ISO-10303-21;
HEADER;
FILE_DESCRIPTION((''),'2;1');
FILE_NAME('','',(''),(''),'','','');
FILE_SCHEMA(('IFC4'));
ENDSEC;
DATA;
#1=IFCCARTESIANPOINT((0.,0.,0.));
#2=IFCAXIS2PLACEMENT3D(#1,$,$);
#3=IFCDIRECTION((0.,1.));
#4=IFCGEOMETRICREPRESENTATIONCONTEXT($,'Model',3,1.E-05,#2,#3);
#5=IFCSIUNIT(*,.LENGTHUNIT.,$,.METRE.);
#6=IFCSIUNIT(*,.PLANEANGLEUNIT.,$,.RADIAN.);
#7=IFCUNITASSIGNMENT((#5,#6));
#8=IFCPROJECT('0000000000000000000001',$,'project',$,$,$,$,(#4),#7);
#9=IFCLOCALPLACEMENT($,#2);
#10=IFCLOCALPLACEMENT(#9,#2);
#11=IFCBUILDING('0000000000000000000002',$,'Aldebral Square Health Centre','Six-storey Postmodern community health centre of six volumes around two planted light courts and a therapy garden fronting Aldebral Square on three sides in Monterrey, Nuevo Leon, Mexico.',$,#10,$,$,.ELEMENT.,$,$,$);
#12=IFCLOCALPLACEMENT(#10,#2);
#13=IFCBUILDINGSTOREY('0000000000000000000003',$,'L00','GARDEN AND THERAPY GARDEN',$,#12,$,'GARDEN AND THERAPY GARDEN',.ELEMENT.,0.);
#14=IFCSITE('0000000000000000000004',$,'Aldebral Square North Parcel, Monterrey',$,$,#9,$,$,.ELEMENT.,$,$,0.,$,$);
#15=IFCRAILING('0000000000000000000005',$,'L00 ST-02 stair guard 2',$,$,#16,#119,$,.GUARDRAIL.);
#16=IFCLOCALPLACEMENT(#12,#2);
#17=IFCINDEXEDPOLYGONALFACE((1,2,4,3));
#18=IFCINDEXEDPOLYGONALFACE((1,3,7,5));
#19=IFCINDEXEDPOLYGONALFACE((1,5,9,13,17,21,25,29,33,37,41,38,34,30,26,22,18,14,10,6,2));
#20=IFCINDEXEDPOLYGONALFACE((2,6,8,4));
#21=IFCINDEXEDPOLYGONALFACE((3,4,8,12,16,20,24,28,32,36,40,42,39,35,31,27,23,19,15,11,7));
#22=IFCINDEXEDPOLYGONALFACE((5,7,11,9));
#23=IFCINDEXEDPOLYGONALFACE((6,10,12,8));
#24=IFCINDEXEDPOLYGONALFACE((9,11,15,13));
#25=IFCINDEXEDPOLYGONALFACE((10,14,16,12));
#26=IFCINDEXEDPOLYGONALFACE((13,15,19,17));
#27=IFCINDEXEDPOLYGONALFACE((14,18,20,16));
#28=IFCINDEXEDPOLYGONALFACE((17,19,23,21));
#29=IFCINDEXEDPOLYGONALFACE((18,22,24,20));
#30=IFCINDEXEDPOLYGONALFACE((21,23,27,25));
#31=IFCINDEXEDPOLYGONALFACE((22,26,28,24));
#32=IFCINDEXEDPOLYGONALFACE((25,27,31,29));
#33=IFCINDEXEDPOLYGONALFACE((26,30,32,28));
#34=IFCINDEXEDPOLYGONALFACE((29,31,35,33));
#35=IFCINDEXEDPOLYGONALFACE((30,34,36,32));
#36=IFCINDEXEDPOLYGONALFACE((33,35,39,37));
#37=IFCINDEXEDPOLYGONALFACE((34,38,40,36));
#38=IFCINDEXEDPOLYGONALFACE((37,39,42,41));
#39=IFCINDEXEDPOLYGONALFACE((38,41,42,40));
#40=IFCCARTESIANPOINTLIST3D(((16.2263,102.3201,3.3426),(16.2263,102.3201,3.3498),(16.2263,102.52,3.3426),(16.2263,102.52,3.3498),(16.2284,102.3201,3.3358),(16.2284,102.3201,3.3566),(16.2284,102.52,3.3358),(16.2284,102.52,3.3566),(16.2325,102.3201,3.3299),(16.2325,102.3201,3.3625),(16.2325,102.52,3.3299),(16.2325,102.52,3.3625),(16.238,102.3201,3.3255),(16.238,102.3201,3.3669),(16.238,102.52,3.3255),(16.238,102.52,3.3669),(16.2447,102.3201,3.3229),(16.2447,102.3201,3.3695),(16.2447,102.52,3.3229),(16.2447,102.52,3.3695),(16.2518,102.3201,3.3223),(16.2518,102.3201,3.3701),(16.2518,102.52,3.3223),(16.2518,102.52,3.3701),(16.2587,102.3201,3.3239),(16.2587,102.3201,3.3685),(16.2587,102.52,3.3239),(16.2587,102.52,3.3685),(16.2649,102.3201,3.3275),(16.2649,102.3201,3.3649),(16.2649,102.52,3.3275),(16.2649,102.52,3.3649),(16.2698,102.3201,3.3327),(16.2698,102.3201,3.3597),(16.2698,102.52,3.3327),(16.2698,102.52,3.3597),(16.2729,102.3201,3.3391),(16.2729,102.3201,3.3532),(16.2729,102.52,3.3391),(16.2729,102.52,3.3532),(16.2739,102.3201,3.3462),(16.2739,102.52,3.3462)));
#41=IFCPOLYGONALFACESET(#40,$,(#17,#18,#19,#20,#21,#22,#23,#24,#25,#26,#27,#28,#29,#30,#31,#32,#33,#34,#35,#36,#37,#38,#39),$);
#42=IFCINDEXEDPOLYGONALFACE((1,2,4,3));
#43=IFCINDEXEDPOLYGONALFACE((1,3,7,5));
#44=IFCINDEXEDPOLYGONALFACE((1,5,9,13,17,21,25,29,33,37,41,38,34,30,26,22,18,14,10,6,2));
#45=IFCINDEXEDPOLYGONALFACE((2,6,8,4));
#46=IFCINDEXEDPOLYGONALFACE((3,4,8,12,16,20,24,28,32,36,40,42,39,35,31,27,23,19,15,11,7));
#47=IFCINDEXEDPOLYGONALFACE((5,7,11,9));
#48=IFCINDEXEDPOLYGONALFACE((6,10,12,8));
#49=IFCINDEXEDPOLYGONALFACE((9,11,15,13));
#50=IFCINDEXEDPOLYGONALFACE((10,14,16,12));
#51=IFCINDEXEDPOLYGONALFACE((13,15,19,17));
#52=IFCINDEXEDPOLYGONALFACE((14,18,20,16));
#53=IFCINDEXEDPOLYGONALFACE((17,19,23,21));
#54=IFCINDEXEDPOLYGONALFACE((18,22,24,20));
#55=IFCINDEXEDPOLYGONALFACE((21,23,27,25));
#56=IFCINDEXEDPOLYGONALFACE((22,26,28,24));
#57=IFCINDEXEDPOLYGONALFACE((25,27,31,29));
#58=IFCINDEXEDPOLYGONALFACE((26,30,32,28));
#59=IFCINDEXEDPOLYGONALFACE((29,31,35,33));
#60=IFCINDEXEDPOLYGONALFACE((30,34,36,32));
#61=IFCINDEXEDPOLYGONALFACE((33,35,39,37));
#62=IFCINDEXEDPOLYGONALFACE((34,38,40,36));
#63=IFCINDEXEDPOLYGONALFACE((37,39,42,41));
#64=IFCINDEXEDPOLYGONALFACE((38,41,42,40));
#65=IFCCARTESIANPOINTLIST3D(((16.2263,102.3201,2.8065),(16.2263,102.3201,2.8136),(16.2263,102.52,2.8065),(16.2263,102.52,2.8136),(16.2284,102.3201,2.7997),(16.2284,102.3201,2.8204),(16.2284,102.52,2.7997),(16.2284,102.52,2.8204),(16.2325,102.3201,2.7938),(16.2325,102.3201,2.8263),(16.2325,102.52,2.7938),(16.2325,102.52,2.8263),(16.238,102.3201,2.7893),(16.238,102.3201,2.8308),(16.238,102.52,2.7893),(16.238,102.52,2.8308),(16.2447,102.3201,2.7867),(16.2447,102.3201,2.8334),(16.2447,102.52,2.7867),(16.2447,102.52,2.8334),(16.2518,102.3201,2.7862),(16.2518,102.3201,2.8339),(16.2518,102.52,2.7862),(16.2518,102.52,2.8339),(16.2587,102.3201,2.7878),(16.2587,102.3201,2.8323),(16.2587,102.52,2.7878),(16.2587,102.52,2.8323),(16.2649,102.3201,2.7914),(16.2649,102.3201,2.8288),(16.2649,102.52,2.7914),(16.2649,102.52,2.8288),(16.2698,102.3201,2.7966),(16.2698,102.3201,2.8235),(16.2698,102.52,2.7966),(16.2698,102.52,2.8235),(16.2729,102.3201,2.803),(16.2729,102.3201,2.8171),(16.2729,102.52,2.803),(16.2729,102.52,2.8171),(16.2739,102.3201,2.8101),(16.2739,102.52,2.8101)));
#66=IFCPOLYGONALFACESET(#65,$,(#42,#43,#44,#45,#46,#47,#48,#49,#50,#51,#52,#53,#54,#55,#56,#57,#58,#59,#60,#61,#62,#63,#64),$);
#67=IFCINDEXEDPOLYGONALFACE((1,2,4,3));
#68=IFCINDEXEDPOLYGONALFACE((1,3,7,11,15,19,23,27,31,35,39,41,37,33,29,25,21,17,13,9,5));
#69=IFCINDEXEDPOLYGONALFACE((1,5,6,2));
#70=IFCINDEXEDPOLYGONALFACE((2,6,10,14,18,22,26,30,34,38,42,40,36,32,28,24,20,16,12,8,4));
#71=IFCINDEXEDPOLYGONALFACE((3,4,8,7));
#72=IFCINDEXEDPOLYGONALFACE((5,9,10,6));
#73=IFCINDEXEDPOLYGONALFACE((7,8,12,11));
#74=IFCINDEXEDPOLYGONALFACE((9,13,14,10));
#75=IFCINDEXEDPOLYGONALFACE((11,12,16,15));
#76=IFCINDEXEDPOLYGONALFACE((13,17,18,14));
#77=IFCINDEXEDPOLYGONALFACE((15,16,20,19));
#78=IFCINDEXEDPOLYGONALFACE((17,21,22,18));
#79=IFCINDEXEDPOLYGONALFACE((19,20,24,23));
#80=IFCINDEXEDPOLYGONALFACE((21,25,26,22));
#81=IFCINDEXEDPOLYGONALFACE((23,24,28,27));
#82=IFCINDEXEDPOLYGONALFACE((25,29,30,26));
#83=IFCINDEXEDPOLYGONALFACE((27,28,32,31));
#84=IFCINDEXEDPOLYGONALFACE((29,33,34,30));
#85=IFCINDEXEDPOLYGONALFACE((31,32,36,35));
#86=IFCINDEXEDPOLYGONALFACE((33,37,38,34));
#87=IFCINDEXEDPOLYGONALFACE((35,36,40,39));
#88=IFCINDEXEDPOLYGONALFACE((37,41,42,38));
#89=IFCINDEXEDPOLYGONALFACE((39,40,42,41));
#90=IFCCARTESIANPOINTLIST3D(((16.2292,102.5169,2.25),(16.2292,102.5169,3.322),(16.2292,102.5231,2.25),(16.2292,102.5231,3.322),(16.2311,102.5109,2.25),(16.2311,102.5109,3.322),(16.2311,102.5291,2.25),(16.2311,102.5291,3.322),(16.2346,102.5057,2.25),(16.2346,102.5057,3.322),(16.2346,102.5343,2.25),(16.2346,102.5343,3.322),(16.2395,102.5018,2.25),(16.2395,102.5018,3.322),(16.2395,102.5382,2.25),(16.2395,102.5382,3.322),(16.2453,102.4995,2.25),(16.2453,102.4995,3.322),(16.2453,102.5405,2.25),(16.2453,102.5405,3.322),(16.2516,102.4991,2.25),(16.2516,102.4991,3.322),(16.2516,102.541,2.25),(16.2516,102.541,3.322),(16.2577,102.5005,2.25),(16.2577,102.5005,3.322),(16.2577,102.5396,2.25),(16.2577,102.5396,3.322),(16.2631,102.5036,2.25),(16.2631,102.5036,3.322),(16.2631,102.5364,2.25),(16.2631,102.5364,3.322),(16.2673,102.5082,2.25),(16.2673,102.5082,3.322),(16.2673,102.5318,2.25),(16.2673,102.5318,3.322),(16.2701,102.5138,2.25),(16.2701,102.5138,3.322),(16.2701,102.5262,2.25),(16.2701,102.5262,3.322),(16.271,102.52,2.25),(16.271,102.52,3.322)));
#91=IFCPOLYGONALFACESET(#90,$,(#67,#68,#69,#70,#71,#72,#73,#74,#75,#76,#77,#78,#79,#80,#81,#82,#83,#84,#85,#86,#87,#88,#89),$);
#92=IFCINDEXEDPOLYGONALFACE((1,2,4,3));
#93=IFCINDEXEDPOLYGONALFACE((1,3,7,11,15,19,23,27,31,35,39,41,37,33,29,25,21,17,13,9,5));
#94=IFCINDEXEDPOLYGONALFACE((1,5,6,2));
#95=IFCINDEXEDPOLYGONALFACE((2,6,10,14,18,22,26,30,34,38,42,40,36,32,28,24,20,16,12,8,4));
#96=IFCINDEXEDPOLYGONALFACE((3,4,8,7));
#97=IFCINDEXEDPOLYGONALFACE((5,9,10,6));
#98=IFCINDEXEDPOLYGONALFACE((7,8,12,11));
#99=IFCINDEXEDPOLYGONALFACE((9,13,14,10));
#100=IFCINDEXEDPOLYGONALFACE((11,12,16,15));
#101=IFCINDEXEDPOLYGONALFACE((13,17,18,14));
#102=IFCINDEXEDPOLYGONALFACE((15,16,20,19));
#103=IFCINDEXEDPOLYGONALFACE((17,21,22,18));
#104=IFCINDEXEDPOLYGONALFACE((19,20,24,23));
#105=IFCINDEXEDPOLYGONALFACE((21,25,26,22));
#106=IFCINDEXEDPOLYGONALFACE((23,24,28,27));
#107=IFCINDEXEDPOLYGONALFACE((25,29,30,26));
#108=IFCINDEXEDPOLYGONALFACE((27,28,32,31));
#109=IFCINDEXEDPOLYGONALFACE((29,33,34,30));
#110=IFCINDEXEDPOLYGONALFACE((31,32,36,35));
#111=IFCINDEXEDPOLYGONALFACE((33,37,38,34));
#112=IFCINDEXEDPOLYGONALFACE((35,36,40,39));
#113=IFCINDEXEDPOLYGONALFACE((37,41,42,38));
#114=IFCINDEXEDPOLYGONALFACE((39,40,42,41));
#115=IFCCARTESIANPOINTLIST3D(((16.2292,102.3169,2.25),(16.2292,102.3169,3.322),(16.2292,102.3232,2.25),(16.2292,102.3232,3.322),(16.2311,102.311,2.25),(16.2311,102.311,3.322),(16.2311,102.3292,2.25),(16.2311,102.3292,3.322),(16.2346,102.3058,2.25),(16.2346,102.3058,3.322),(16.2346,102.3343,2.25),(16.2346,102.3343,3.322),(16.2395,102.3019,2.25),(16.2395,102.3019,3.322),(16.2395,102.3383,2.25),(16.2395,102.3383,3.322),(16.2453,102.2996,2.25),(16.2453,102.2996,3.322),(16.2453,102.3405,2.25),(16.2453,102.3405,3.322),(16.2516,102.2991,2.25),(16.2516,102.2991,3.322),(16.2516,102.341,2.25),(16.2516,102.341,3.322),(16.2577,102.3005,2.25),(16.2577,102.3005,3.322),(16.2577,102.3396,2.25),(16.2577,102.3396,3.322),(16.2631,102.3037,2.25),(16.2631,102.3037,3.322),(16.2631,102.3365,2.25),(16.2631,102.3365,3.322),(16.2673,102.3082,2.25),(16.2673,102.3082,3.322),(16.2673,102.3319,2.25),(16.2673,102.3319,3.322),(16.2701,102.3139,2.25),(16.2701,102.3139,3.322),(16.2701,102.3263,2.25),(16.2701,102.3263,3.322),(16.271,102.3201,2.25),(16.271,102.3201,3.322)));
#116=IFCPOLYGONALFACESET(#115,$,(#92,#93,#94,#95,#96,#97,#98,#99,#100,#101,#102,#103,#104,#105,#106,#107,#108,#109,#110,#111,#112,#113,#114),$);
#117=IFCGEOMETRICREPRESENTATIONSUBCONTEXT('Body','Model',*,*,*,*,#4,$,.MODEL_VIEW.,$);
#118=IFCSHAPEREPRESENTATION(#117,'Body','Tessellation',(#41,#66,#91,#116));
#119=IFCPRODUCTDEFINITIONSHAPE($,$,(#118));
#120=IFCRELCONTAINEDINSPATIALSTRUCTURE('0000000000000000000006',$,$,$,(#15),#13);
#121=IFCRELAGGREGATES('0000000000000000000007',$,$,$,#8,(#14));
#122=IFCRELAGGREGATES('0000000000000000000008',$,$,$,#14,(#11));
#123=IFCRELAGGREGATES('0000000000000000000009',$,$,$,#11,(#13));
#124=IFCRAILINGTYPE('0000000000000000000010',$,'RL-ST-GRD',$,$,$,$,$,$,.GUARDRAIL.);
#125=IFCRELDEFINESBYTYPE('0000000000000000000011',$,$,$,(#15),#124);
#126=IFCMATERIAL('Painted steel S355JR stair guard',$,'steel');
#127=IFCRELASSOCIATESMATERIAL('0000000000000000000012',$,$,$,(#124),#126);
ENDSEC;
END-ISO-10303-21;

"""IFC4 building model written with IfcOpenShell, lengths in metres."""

from ifc_helpers import new_model, si_unit, direction, frame, origin, origin_2d, place, context, subcontext, project, spatial, circle, extrude, material, type_object, element, save


model = new_model("IFC4")

# Units and contexts
model_context = context("Model", 3, precision=1e-05, world=origin(), true_north=direction((0.0, 1.0)))
body_context = subcontext(model_context, "Body", "Model", "MODEL_VIEW")
ifc_project = project(units=[si_unit("LENGTHUNIT", "METRE"), si_unit("PLANEANGLEUNIT", "RADIAN")], contexts=[model_context])

# Site, building, storey
site_placement = place(None, origin())
site = spatial("IfcSite", under=ifc_project, at=site_placement, Name="Aldebral Square North Parcel, Monterrey", CompositionType="ELEMENT", RefElevation=0.0)
building_placement = place(site_placement, origin())
building = spatial("IfcBuilding", under=site, at=building_placement, Name="Aldebral Square Health Centre", Description="Six-storey Postmodern community health centre of six volumes around two planted light courts and a therapy garden fronting Aldebral Square on three sides in Monterrey, Nuevo Leon, Mexico.", CompositionType="ELEMENT")
storey_placement = place(building_placement, origin())
storey = spatial("IfcBuildingStorey", under=building, at=storey_placement, Name="L00", Description="GARDEN AND THERAPY GARDEN", LongName="GARDEN AND THERAPY GARDEN", CompositionType="ELEMENT", Elevation=0.0)

# Railing
ifc_material_1 = material(Name="Painted steel S355JR stair guard", Category="steel")
railing_type_1 = type_object("IfcRailingType", Name="RL-ST-GRD", PredefinedType="GUARDRAIL", material=ifc_material_1)
railing_1_placement = place(storey_placement, frame((16.25, 102.52, 2.25)))
element("IfcRailing", 1, at=railing_1_placement, inside=storey, type_object=railing_type_1, Name="L00 ST-02 stair guard 2", PredefinedType="GUARDRAIL", context=body_context, shape_type="SweptSolid", body=[
    extrude(circle(Radius=0.0239, at=origin_2d()), frame((0.0, 0.0, 1.0962), z_axis=(0.0, -1.0, 0.0), x_axis=(1.0, 0.0, 0.0)), (0.0, 0.0, 1.0), 0.2),
    extrude(circle(Radius=0.0239, at=origin_2d()), frame((0.0, 0.0, 0.5601), z_axis=(0.0, -1.0, 0.0), x_axis=(1.0, 0.0, 0.0)), (0.0, 0.0, 1.0), 0.2),
    extrude(circle(Radius=0.021, at=origin_2d()), origin(), (0.0, 0.0, 1.0), 1.072),
    extrude(circle(Radius=0.021, at=origin_2d()), frame((0.0, -0.2, 0.0)), (0.0, 0.0, 1.0), 1.072),
])

save(model, "model.ifc")
